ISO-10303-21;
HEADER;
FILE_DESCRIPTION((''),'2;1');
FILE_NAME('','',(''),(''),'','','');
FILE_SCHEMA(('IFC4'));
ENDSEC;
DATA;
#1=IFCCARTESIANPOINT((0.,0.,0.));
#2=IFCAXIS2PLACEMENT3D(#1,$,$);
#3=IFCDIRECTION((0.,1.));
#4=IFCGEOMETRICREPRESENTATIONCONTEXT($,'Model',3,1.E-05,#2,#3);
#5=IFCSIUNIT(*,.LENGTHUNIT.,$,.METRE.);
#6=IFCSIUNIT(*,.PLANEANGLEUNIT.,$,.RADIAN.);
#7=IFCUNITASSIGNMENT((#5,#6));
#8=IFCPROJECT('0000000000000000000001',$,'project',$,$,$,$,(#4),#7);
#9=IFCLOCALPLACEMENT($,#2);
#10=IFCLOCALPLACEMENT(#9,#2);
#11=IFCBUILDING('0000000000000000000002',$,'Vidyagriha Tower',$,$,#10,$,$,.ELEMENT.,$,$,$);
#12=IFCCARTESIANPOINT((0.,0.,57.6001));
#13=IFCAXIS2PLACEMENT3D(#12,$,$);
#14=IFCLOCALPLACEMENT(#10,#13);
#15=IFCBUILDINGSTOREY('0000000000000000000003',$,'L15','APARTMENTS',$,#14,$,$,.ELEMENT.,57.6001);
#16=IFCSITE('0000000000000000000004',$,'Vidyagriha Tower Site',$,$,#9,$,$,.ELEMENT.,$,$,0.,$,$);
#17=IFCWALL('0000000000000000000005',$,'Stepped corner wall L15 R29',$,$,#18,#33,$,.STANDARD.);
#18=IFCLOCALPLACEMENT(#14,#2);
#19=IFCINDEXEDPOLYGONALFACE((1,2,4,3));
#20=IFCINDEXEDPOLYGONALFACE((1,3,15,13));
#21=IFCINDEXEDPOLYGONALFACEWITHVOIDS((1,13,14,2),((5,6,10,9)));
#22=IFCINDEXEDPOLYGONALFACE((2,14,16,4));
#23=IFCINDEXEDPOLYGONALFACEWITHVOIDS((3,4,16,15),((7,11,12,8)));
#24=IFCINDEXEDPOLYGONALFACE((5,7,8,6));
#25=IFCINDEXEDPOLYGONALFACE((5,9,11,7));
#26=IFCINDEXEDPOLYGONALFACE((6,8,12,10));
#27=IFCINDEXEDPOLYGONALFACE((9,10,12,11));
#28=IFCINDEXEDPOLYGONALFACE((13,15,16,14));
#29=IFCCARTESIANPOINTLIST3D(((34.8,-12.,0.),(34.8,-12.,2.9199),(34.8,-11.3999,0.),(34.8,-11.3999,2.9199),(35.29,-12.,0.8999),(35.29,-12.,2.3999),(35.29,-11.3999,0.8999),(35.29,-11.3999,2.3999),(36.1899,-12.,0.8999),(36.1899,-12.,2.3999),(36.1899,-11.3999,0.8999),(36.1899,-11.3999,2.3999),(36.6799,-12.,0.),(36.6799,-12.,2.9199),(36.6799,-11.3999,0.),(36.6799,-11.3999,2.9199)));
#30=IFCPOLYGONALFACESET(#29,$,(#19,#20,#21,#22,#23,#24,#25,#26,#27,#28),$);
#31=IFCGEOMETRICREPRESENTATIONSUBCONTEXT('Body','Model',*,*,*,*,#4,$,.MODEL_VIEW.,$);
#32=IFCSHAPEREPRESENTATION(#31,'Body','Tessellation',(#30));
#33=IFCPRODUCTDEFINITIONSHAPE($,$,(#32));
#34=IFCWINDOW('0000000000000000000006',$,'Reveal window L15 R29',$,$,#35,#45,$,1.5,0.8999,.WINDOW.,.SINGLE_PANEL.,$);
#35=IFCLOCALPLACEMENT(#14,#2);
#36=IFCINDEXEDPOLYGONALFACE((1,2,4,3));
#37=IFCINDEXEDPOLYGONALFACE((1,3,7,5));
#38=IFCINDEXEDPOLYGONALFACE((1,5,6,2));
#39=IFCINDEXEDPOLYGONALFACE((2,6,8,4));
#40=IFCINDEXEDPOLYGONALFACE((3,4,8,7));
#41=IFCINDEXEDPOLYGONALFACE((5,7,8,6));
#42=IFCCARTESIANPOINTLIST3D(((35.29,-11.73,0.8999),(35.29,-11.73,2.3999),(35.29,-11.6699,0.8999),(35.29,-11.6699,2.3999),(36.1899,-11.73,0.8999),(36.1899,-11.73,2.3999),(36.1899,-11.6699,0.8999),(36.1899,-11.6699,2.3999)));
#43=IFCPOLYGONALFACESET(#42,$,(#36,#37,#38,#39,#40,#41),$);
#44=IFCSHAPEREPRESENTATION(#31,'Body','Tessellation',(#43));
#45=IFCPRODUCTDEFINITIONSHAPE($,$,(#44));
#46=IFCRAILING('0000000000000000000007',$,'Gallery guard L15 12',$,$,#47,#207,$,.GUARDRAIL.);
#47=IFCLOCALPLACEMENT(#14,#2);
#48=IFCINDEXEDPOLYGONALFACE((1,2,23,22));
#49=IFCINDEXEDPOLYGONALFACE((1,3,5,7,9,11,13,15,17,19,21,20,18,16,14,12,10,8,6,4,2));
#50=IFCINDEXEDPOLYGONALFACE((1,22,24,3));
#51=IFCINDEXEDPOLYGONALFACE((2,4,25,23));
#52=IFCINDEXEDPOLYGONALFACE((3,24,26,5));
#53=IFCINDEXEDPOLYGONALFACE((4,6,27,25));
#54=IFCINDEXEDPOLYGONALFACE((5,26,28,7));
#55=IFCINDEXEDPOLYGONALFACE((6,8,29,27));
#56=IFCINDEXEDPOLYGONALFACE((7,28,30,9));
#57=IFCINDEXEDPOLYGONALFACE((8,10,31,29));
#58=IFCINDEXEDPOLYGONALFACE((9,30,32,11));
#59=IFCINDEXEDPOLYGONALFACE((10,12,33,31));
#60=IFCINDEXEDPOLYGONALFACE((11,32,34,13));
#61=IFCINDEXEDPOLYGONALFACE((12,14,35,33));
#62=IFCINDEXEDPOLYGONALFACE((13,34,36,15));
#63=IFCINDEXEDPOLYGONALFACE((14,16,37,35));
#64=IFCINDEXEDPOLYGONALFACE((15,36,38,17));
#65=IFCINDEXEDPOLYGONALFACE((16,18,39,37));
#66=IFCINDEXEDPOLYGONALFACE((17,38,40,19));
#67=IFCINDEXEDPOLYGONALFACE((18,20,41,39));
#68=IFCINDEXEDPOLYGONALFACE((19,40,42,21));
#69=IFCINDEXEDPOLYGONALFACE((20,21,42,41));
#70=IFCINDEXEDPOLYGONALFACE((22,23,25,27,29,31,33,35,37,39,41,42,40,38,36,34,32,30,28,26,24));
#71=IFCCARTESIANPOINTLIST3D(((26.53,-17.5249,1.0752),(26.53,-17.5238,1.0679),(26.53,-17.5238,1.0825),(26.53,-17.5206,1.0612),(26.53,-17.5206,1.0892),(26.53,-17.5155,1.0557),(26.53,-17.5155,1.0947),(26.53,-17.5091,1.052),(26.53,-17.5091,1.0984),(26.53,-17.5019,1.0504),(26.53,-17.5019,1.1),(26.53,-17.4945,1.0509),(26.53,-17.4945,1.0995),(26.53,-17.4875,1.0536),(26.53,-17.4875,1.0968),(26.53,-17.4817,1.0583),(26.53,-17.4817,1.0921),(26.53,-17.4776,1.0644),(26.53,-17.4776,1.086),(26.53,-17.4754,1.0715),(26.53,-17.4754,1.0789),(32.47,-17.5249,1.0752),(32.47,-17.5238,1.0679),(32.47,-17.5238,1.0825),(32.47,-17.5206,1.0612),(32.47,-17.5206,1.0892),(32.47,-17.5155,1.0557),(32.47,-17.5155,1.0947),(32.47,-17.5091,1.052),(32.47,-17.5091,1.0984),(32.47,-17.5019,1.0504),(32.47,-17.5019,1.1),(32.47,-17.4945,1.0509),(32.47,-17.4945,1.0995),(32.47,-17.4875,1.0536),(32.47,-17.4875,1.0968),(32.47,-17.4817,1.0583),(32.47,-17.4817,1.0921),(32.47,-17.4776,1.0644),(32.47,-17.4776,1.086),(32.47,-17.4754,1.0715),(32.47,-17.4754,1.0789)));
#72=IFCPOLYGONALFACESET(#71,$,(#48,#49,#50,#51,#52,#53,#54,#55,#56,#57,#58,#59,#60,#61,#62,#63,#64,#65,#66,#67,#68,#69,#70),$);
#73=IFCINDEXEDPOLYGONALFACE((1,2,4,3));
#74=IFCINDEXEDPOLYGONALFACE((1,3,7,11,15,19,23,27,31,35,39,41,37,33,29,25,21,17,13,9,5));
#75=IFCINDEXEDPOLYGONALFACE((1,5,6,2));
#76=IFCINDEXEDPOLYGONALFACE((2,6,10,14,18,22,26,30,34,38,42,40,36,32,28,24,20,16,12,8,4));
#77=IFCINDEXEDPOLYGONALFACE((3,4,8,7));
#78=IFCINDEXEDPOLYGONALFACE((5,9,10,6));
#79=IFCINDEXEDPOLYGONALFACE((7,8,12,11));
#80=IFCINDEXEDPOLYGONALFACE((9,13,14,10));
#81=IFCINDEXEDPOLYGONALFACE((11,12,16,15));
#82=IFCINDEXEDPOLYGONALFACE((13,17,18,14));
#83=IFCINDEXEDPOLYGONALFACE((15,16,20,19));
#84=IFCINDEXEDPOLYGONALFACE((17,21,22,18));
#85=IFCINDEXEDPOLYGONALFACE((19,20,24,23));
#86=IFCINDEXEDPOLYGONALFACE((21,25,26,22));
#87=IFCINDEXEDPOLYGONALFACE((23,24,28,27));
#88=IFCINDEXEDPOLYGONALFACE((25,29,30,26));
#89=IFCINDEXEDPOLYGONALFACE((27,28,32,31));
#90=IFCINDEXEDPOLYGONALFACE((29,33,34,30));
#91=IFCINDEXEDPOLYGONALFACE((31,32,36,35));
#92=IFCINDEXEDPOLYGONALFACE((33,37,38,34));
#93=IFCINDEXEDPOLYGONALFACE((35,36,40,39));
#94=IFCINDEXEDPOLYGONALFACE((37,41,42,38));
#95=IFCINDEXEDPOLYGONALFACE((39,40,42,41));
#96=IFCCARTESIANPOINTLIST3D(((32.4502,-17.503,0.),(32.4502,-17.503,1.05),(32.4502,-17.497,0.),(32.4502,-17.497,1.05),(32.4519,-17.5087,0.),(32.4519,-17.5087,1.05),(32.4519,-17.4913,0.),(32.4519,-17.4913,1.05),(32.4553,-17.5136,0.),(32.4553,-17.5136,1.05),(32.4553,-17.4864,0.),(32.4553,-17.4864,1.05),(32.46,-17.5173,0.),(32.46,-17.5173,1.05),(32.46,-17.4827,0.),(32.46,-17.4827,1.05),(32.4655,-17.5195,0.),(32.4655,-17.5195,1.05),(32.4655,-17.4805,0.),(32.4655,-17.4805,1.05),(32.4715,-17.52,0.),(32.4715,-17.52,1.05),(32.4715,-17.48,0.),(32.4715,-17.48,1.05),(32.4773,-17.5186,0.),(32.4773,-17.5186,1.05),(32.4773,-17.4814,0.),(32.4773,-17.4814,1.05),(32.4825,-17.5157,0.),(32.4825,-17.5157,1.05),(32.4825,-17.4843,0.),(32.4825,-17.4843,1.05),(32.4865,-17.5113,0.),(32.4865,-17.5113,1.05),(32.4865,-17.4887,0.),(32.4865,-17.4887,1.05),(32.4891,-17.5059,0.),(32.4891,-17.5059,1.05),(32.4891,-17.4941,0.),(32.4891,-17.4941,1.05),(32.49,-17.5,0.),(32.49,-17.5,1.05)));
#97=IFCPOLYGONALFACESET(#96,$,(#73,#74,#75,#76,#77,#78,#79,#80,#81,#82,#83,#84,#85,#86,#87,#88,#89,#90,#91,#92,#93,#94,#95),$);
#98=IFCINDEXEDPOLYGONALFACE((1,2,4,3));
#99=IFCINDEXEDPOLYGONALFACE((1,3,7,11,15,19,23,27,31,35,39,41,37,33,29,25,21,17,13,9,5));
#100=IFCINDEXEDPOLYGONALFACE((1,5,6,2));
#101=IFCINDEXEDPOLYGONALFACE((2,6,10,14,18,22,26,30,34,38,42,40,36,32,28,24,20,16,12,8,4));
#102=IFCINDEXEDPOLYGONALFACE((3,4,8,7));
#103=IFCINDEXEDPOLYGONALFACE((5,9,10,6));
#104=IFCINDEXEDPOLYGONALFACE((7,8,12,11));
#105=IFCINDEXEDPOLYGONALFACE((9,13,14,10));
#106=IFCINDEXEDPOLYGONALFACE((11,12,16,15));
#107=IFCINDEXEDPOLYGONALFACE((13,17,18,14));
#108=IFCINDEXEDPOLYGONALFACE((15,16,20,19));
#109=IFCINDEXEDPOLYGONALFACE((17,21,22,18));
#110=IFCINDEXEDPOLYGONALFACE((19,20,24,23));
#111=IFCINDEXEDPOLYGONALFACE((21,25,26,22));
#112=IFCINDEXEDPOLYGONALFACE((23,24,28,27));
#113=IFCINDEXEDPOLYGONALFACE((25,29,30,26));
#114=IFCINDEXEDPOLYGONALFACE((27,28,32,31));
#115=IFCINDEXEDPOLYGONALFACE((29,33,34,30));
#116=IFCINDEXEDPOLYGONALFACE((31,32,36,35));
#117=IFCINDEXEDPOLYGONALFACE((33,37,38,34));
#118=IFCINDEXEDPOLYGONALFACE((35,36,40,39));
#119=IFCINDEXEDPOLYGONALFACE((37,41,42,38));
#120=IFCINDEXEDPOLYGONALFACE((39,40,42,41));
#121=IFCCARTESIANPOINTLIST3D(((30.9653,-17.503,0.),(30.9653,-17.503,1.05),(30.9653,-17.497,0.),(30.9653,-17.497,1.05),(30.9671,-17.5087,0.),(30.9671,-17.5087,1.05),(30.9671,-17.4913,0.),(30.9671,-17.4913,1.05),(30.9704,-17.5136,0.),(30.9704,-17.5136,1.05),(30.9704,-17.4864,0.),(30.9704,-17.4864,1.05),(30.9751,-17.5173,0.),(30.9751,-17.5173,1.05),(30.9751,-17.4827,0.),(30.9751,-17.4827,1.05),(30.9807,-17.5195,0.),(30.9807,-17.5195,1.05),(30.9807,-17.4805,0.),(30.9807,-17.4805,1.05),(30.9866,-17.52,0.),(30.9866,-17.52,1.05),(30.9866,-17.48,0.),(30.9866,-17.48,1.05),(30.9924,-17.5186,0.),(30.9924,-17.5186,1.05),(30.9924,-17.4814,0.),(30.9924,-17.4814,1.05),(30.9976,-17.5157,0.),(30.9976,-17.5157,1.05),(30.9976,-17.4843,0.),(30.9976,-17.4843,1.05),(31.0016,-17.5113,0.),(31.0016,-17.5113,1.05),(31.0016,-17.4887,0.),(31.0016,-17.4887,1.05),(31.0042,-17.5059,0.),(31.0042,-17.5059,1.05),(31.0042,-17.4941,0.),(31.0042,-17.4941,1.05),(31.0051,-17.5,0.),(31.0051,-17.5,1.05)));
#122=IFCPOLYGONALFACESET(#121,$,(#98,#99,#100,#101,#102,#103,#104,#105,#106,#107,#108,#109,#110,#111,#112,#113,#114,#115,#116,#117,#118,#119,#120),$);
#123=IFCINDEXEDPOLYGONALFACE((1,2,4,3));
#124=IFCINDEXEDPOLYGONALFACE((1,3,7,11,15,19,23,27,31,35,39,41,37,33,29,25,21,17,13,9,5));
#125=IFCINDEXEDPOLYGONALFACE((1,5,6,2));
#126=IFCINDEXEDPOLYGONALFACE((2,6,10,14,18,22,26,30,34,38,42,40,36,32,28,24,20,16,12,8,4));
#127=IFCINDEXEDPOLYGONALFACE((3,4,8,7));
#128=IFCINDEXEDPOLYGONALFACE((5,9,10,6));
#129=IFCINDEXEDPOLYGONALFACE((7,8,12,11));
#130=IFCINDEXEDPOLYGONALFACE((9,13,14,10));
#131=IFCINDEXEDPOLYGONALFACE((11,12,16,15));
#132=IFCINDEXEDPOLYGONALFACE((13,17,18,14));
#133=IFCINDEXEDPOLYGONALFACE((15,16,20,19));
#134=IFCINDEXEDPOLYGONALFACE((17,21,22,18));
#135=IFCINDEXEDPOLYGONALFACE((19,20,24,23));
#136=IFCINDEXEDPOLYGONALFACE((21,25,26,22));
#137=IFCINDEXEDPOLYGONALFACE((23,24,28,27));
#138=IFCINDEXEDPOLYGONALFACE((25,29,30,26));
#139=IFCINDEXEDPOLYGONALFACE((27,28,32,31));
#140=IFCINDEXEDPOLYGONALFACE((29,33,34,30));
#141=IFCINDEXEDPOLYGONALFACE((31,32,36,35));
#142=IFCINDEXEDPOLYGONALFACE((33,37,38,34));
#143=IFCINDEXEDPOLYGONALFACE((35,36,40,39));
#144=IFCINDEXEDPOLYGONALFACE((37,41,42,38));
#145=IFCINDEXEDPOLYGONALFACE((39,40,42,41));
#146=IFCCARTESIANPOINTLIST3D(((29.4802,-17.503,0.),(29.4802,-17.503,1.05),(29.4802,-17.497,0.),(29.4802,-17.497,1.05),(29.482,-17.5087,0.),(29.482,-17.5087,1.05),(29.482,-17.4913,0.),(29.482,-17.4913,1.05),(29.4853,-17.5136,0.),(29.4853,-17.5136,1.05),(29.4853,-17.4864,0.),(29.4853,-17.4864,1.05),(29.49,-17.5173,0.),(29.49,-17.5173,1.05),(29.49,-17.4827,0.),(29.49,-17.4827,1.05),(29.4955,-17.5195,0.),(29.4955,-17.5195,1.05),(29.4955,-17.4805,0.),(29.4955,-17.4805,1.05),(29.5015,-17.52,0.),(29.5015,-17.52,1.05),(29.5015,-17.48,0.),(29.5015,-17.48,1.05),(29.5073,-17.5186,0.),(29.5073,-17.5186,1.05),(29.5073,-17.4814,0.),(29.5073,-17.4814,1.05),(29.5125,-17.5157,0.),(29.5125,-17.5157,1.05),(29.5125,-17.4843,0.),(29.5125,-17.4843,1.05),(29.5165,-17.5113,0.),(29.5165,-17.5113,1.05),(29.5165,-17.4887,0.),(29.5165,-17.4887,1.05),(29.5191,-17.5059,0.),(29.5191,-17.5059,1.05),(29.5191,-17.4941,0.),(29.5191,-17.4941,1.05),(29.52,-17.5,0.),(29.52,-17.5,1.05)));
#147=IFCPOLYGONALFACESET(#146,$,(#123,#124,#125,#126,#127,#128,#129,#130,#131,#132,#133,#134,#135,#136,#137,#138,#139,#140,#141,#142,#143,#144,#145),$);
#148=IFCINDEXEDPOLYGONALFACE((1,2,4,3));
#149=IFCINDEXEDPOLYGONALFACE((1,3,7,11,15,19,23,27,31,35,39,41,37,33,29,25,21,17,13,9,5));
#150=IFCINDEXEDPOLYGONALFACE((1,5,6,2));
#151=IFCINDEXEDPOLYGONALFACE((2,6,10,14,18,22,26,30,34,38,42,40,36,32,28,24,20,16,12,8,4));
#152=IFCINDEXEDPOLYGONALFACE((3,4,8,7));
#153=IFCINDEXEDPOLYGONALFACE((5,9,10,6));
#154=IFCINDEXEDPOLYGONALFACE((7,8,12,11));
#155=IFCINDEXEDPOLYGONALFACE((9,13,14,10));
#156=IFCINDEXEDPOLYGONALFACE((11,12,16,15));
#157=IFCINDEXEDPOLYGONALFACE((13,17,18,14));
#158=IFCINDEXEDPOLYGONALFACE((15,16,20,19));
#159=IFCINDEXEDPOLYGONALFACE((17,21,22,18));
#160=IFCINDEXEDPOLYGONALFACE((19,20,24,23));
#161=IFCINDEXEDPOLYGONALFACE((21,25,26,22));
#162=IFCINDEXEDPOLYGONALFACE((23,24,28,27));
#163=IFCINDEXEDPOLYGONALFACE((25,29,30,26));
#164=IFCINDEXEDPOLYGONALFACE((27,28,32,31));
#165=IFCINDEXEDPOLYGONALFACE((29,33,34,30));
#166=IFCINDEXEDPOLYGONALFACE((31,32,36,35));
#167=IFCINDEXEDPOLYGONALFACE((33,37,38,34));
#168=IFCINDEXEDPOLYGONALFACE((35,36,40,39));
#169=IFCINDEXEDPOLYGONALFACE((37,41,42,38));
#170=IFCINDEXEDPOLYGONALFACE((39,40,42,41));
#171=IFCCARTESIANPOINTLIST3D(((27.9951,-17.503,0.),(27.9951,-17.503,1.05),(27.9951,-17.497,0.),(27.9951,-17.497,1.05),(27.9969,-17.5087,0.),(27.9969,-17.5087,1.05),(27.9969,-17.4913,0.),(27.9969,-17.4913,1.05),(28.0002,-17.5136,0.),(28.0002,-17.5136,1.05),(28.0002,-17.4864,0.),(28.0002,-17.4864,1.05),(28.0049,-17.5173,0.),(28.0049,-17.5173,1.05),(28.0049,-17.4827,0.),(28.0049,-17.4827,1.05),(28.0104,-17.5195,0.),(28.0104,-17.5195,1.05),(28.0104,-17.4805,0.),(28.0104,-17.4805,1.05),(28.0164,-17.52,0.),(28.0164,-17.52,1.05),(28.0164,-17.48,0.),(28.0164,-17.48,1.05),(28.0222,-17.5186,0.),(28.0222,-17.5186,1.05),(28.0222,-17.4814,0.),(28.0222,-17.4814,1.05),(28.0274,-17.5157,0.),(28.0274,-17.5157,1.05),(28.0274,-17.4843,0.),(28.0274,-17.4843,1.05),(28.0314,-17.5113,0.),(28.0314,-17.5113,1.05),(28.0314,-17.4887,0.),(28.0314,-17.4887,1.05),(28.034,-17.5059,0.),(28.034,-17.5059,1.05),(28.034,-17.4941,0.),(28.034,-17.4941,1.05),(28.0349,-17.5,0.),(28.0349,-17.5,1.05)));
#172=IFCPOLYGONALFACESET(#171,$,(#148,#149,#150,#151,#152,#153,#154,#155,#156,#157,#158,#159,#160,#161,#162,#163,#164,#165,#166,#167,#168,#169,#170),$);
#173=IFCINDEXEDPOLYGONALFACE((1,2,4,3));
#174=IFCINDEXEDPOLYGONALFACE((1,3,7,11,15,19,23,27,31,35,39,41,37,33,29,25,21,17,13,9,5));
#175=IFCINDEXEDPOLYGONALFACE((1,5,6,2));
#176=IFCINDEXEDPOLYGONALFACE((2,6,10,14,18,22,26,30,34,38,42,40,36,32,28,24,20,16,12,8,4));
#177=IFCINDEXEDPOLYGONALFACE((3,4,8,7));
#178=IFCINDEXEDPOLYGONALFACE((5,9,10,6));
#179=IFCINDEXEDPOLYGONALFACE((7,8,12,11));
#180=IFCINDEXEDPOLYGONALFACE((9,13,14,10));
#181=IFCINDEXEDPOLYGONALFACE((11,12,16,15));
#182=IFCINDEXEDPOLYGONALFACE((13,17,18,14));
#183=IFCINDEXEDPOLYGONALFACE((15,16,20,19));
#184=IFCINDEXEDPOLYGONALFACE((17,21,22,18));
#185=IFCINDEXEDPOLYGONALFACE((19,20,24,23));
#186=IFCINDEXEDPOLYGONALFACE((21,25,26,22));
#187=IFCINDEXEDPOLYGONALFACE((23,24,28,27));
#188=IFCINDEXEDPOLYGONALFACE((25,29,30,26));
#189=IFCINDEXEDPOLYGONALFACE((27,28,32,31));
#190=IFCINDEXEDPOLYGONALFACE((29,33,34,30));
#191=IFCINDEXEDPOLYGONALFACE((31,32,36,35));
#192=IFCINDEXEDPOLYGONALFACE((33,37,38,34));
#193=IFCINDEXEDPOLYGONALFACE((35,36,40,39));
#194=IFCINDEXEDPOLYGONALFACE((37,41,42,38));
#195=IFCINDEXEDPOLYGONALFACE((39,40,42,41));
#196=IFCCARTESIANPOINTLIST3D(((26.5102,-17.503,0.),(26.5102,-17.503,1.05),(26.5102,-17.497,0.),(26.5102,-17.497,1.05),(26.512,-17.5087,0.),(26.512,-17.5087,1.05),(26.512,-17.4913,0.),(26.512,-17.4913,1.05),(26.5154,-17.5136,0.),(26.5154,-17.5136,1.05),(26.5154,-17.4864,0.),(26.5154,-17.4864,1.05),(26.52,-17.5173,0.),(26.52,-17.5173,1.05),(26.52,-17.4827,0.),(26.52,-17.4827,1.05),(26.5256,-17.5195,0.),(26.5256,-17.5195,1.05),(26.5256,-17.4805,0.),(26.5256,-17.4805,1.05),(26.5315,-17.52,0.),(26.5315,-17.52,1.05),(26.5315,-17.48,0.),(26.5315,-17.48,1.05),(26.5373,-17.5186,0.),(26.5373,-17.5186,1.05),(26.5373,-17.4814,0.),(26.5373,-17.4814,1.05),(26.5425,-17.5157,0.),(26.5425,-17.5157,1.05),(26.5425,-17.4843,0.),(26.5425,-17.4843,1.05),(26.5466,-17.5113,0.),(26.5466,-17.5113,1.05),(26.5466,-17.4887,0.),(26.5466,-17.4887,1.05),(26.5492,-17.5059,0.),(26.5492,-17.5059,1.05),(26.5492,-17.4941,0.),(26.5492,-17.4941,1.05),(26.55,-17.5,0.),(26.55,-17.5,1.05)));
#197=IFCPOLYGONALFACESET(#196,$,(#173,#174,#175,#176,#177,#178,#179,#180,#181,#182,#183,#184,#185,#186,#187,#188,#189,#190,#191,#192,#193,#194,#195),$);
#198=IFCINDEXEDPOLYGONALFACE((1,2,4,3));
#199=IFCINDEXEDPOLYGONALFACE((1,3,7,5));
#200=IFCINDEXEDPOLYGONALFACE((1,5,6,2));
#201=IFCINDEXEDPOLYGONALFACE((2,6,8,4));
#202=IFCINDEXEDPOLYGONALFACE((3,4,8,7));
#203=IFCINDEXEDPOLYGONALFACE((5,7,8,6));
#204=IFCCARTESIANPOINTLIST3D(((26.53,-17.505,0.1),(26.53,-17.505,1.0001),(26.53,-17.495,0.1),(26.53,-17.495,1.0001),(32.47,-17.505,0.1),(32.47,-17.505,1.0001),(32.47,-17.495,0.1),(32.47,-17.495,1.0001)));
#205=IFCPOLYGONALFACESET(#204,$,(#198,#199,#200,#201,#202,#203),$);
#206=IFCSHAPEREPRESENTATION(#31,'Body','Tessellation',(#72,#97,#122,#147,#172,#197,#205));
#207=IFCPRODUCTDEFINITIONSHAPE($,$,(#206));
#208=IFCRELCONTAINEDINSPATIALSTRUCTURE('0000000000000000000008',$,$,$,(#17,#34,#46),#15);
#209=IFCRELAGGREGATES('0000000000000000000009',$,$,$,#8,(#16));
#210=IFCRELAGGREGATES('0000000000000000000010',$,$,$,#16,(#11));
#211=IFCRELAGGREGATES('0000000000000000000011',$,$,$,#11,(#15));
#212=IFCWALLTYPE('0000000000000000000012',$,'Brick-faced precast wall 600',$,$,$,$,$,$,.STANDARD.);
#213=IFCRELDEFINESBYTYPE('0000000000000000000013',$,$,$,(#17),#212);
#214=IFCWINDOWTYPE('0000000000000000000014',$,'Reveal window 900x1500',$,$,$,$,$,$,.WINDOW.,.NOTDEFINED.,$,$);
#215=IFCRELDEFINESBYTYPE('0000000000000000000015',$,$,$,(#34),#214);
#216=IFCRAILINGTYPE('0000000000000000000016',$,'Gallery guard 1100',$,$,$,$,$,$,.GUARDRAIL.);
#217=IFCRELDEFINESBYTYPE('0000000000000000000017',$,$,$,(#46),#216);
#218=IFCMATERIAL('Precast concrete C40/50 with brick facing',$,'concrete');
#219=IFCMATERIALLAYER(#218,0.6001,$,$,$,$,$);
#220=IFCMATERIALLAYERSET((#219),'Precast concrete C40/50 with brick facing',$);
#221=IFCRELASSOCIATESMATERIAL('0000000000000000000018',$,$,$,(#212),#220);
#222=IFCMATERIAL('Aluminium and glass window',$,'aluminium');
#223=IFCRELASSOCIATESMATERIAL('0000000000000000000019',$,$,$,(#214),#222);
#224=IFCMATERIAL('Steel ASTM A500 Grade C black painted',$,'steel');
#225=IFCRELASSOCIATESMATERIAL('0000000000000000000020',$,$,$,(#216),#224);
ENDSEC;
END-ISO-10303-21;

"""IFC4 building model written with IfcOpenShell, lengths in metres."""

from ifc_helpers import new_model, si_unit, direction, frame, frame_2d, origin, origin_2d, place, context, subcontext, project, spatial, rectangle, circle, extrude, material, layer, layer_set, type_object, element, fill, save


model = new_model("IFC4")

# Units and contexts
model_context = context("Model", 3, precision=1e-05, world=origin(), true_north=direction((0.0, 1.0)))
body_context = subcontext(model_context, "Body", "Model", "MODEL_VIEW")
ifc_project = project(units=[si_unit("LENGTHUNIT", "METRE"), si_unit("PLANEANGLEUNIT", "RADIAN")], contexts=[model_context])

# Site, building, storey
site_placement = place(None, origin())
site = spatial("IfcSite", under=ifc_project, at=site_placement, Name="Vidyagriha Tower Site", CompositionType="ELEMENT", RefElevation=0.0)
building_placement = place(site_placement, origin())
building = spatial("IfcBuilding", under=site, at=building_placement, Name="Vidyagriha Tower", CompositionType="ELEMENT")
storey_placement = place(building_placement, frame((0.0, 0.0, 57.6001)))
storey = spatial("IfcBuildingStorey", under=building, at=storey_placement, Name="L15", Description="APARTMENTS", CompositionType="ELEMENT", Elevation=57.6001)

# Shared definitions
ifc_material_1 = material(Name="Precast concrete C40/50 with brick facing", Category="concrete")
ifc_layer_1 = layer(ifc_material_1, 0.6001)
ifc_layer_set_1 = layer_set([ifc_layer_1], Name="Precast concrete C40/50 with brick facing")
wall_type = type_object("IfcWallType", Name="Brick-faced precast wall 600", PredefinedType="STANDARD", material=ifc_layer_set_1)

# Shared definitions
ifc_material_2 = material(Name="Aluminium and glass window", Category="aluminium")
window_type = type_object("IfcWindowType", Name="Reveal window 900x1500", PartitioningType="NOTDEFINED", PredefinedType="WINDOW", material=ifc_material_2)

# Wall, opening, window
wall_1_placement = place(storey_placement, frame((34.8, -11.7, 0.0)))
wall_1 = element("IfcWall", 1, at=wall_1_placement, inside=storey, type_object=wall_type, Name="Stepped corner wall L15 R29", PredefinedType="STANDARD", context=body_context, shape_type="SweptSolid", body=[
    extrude(rectangle(XDim=1.8799, YDim=0.6001, at=frame_2d((0.9399, 0.0))), origin(), (0.0, 0.0, 1.0), 2.9199),
])
opening_1_placement = place(wall_1_placement, frame((0.49, 0.0, 0.8999)))
opening_1 = element("IfcOpeningElement", 2, at=opening_1_placement, cuts=wall_1, PredefinedType="OPENING", context=body_context, shape_type="SweptSolid", body=[
    extrude(rectangle(XDim=0.8999, YDim=1.5, at=frame_2d((0.45, 0.75))), frame((0.0, 0.3101, 0.0), z_axis=(0.0, -1.0, 0.0), x_axis=(1.0, 0.0, 0.0)), (0.0, 0.0, 1.0), 0.6201),
])
window_1_placement = place(opening_1_placement, origin())
window_1 = element("IfcWindow", 3, at=window_1_placement, inside=storey, type_object=window_type, Name="Reveal window L15 R29", OverallHeight=1.5, OverallWidth=0.8999, PartitioningType="SINGLE_PANEL", PredefinedType="WINDOW", context=body_context, shape_type="SweptSolid", body=[
    extrude(rectangle(XDim=0.8999, YDim=1.5, at=frame_2d((0.45, 0.75))), frame((0.0, 0.03, 0.0), z_axis=(0.0, -1.0, 0.0), x_axis=(1.0, 0.0, 0.0)), (0.0, 0.0, 1.0), 0.0601),
])
fill(opening_1, window_1)

# Railing
ifc_material_3 = material(Name="Steel ASTM A500 Grade C black painted", Category="steel")
railing_type = type_object("IfcRailingType", Name="Gallery guard 1100", PredefinedType="GUARDRAIL", material=ifc_material_3)
railing_1_placement = place(storey_placement, frame((32.47, -17.5, 0.0)))
element("IfcRailing", 4, at=railing_1_placement, inside=storey, type_object=railing_type, Name="Gallery guard L15 12", PredefinedType="GUARDRAIL", context=body_context, shape_type="SweptSolid", body=[
    extrude(circle(Radius=0.0249, at=origin_2d()), frame((0.0, 0.0, 1.0752), z_axis=(-1.0, 0.0, 0.0), x_axis=(0.0, -1.0, 0.0)), (0.0, 0.0, 1.0), 5.9399),
    extrude(circle(Radius=0.02, at=origin_2d()), origin(), (0.0, 0.0, 1.0), 1.05),
    extrude(circle(Radius=0.02, at=origin_2d()), frame((-1.4849, 0.0, 0.0)), (0.0, 0.0, 1.0), 1.05),
    extrude(circle(Radius=0.02, at=origin_2d()), frame((-2.97, 0.0, 0.0)), (0.0, 0.0, 1.0), 1.05),
    extrude(circle(Radius=0.02, at=origin_2d()), frame((-4.4551, 0.0, 0.0)), (0.0, 0.0, 1.0), 1.05),
    extrude(circle(Radius=0.02, at=origin_2d()), frame((-5.9399, 0.0, 0.0)), (0.0, 0.0, 1.0), 1.05),
    extrude(rectangle(XDim=0.01, YDim=0.9001, at=origin_2d()), frame((0.0, 0.0, 0.55), z_axis=(-1.0, 0.0, 0.0), x_axis=(0.0, -1.0, 0.0)), (0.0, 0.0, 1.0), 5.9399),
])

save(model, "model.ifc")
